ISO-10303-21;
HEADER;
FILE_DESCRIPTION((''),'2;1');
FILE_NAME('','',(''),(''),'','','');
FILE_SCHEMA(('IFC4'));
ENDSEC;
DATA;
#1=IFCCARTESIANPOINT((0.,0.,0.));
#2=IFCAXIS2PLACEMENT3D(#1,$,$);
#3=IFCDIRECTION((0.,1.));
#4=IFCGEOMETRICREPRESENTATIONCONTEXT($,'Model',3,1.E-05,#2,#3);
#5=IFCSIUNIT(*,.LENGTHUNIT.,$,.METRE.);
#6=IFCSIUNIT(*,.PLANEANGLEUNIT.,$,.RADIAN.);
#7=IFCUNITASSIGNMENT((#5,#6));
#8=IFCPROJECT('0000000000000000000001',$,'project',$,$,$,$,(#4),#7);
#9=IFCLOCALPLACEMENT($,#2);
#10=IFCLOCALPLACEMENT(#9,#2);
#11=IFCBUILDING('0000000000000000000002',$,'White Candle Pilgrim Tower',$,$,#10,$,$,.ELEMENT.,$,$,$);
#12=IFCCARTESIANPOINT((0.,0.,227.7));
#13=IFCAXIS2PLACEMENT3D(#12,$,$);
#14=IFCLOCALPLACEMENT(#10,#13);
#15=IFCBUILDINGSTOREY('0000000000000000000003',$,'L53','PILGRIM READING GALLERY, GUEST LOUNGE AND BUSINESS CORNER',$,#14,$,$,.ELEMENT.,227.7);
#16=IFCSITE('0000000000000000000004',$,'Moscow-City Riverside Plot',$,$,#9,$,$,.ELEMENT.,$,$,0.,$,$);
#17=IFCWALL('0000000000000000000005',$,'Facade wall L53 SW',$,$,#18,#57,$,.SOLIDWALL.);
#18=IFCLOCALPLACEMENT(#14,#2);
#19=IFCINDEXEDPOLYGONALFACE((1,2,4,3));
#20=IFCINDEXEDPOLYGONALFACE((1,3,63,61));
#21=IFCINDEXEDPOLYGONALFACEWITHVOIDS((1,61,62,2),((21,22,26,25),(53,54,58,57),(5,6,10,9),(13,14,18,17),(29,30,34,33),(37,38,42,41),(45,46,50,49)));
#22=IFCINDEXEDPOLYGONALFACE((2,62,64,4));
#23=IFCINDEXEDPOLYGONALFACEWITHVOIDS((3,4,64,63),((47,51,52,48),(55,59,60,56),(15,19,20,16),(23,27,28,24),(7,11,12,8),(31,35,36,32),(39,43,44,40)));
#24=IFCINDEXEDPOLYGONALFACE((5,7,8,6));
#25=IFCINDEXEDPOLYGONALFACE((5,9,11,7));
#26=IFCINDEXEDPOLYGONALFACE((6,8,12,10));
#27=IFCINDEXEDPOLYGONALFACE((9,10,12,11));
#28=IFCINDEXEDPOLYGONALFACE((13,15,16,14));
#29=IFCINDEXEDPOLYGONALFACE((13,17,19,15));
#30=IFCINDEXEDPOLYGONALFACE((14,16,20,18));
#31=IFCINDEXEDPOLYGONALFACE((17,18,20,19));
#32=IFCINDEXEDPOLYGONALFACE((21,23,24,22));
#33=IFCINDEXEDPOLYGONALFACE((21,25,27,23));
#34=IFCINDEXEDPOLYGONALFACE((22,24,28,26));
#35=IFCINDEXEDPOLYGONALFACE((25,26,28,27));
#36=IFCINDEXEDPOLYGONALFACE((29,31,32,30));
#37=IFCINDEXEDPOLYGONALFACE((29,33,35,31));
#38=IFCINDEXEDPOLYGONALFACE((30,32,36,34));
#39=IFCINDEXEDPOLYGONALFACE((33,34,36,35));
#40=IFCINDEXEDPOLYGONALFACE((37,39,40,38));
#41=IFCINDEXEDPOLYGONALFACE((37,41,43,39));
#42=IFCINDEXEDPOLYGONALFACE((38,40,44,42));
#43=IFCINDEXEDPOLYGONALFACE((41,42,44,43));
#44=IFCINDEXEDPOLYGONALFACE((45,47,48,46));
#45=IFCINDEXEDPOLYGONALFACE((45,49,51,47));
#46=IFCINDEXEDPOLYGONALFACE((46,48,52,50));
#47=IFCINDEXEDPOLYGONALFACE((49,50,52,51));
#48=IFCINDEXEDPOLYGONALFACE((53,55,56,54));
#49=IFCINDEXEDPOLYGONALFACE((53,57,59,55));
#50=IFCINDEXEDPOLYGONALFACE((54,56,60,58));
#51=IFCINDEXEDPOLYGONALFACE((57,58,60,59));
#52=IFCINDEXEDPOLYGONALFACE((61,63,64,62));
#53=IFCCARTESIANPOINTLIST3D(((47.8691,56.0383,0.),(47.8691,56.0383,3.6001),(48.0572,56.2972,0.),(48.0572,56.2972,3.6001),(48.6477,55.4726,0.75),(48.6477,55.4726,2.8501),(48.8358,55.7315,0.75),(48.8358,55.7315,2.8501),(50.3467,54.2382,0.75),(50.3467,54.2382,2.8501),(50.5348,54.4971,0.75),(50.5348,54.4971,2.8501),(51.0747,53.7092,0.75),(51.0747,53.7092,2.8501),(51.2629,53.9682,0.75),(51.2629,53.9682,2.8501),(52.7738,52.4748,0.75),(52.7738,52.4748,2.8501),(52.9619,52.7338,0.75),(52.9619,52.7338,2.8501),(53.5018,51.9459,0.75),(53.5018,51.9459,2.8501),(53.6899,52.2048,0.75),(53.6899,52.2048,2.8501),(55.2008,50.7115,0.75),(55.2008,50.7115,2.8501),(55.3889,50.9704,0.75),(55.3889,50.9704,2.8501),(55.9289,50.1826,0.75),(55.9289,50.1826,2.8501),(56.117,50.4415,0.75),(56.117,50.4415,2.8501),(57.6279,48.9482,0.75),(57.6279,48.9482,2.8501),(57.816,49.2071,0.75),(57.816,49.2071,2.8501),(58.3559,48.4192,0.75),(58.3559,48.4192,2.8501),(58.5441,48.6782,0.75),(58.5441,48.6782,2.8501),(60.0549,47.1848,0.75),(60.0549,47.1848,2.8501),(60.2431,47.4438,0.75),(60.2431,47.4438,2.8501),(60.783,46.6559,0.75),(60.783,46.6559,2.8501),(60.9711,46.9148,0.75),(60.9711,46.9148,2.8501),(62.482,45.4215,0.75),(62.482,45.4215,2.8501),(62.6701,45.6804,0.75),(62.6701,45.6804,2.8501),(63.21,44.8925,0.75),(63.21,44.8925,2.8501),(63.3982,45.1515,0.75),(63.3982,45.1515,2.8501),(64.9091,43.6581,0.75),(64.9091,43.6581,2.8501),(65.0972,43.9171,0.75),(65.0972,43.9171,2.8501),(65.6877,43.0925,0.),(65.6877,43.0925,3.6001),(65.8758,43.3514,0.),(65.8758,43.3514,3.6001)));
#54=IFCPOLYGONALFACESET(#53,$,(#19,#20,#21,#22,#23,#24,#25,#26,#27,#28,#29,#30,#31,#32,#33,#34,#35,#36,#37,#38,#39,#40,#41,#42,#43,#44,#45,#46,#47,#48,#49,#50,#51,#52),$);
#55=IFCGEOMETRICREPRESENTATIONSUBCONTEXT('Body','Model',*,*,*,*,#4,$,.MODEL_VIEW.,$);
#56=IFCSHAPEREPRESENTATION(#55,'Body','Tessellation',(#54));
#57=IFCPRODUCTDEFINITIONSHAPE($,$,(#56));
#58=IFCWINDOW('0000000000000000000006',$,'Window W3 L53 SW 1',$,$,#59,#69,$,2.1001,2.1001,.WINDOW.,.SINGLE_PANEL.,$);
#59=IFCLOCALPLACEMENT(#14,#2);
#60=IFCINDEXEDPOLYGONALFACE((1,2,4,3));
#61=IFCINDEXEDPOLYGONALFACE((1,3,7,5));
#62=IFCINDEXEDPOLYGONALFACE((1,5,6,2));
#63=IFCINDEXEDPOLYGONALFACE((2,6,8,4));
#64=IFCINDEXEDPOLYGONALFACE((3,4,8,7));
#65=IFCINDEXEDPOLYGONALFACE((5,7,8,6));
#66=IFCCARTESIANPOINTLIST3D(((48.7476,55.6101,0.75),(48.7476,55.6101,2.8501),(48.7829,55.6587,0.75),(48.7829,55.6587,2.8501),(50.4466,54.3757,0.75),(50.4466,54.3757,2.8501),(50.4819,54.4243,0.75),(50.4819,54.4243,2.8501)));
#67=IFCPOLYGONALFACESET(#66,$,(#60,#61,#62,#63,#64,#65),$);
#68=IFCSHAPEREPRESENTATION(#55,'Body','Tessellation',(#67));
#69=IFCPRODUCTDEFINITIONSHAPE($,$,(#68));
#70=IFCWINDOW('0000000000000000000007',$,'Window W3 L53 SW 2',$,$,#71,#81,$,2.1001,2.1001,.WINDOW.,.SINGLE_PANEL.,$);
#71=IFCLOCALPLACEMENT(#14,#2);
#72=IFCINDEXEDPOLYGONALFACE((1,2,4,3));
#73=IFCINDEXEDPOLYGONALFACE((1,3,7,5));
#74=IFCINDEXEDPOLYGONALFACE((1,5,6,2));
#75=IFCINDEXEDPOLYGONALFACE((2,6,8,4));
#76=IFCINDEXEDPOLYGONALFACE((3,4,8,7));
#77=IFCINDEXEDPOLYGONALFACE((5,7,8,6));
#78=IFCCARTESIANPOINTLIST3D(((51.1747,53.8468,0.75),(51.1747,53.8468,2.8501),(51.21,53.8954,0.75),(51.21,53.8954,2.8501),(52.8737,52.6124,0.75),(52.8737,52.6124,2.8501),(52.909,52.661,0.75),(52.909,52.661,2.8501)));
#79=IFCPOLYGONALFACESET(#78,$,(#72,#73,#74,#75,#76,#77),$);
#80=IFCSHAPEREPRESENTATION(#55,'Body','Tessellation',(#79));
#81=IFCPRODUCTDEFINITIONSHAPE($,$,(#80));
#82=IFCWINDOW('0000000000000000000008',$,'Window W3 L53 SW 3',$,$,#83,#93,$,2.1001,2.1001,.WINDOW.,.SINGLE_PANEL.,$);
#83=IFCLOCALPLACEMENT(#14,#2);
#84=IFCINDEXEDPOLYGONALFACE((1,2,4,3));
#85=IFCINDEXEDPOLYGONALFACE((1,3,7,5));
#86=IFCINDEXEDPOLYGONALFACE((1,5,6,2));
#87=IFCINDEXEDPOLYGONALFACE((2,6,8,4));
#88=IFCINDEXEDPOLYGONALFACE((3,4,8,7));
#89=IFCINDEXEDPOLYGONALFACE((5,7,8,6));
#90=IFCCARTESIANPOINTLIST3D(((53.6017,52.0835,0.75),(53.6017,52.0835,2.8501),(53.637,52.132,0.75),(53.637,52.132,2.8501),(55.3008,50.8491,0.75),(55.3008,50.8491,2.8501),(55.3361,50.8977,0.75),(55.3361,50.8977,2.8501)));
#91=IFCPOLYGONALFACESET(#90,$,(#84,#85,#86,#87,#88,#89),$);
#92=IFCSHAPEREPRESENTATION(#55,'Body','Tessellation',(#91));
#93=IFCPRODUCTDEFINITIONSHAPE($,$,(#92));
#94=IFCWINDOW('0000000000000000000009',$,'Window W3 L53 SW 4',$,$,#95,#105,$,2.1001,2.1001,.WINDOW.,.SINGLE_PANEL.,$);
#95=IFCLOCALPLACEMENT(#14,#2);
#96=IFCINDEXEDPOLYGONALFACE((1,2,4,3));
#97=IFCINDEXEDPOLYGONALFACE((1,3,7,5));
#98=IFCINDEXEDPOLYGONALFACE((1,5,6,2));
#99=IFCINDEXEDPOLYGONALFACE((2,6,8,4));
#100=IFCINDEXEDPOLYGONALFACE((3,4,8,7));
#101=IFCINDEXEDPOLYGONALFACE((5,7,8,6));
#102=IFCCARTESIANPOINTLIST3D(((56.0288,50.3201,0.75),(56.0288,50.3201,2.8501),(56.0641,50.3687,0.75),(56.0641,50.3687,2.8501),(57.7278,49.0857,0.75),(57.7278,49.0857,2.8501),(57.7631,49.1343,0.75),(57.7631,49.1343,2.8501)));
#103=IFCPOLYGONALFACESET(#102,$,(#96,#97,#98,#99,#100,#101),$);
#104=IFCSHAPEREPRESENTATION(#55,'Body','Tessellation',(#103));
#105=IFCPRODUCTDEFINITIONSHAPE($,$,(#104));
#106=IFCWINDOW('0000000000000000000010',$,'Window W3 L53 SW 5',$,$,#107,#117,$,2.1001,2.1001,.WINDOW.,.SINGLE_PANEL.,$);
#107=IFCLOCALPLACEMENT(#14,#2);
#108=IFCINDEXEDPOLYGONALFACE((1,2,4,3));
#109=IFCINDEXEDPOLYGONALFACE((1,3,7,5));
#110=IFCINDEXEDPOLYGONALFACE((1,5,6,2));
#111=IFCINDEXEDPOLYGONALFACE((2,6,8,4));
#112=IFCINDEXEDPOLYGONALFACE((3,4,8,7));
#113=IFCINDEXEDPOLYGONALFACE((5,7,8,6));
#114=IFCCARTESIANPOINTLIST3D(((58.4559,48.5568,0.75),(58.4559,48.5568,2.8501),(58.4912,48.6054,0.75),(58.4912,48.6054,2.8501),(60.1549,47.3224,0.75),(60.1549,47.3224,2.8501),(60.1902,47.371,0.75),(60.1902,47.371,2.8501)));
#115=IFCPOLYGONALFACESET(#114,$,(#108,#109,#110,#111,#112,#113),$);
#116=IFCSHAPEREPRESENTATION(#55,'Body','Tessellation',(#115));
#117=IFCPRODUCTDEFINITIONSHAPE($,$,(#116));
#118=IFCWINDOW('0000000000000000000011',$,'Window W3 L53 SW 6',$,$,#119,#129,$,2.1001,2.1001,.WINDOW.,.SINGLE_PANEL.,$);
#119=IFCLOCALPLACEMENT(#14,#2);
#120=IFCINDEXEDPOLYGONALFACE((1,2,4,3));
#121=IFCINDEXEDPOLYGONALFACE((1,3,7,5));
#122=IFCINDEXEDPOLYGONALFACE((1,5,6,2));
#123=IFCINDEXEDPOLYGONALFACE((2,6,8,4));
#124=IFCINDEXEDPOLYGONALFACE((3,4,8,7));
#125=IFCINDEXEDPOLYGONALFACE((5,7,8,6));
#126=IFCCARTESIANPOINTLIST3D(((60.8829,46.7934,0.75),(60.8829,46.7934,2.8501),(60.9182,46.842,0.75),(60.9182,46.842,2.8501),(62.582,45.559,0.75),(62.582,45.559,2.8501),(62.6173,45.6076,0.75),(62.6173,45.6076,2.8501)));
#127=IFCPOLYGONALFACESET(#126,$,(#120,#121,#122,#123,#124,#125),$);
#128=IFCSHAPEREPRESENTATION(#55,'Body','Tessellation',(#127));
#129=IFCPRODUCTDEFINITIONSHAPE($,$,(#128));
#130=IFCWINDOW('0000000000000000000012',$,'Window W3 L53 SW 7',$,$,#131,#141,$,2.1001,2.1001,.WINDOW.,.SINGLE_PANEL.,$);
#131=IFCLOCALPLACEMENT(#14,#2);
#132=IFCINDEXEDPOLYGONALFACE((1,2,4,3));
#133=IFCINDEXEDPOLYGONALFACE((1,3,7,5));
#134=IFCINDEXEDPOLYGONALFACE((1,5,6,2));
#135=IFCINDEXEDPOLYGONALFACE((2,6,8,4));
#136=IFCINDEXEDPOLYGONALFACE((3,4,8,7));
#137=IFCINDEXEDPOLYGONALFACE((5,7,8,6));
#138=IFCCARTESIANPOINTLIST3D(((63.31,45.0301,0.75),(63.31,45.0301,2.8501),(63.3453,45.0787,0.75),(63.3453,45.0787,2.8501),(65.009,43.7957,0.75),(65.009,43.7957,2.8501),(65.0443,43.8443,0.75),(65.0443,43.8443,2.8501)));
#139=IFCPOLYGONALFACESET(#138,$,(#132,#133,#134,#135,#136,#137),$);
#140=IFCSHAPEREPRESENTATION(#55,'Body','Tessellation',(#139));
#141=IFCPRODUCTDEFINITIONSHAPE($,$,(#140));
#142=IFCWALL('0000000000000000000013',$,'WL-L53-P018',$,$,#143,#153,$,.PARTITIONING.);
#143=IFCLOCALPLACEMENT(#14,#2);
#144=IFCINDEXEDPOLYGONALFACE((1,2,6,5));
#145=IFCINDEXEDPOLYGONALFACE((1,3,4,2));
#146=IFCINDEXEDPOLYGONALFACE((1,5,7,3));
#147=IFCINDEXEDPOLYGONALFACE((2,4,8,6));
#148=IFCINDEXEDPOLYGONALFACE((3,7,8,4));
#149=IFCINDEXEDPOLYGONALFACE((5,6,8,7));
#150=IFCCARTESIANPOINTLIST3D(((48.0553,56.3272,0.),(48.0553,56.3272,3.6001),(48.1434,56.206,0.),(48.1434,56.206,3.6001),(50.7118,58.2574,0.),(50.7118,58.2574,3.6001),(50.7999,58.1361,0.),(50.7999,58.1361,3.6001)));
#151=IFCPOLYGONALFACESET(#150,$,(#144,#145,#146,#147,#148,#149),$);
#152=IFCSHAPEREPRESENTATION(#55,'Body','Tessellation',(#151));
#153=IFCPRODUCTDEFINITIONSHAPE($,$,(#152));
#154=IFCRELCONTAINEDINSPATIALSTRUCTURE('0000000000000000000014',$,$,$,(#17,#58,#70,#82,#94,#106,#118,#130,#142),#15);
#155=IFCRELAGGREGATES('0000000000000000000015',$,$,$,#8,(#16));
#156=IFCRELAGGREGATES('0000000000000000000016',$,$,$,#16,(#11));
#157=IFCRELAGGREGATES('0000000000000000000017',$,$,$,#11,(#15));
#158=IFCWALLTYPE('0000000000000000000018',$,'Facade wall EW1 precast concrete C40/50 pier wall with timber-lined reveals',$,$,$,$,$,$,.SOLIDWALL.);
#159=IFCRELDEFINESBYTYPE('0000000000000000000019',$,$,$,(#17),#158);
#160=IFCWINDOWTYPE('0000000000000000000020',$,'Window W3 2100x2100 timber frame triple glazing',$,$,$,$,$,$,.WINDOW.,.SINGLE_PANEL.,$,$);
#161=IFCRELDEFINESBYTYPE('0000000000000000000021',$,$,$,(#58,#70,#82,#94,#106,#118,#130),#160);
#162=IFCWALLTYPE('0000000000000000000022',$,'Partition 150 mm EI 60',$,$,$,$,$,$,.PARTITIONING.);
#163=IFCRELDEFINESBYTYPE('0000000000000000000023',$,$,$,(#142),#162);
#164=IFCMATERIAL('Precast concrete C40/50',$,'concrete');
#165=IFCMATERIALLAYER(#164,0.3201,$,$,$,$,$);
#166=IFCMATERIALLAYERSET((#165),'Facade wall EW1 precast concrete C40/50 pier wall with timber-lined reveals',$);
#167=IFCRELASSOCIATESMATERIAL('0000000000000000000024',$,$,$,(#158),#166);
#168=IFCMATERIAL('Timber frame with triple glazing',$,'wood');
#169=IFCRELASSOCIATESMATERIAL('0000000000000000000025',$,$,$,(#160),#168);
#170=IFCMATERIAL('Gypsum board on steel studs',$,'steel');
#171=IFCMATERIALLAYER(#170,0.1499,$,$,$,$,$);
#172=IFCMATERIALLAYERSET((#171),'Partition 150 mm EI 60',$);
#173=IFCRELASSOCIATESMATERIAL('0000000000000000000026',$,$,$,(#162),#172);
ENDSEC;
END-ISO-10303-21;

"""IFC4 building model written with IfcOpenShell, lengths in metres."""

from ifc_helpers import new_model, si_unit, direction, frame, frame_2d, origin, place, context, subcontext, project, spatial, rectangle, extrude, material, layer, layer_set, type_object, element, fill, save


model = new_model("IFC4")

# Units and contexts
model_context = context("Model", 3, precision=1e-05, world=origin(), true_north=direction((0.0, 1.0)))
body_context = subcontext(model_context, "Body", "Model", "MODEL_VIEW")
ifc_project = project(units=[si_unit("LENGTHUNIT", "METRE"), si_unit("PLANEANGLEUNIT", "RADIAN")], contexts=[model_context])

# Site, building, storey
site_placement = place(None, origin())
site = spatial("IfcSite", under=ifc_project, at=site_placement, Name="Moscow-City Riverside Plot", CompositionType="ELEMENT", RefElevation=0.0)
building_placement = place(site_placement, origin())
building = spatial("IfcBuilding", under=site, at=building_placement, Name="White Candle Pilgrim Tower", CompositionType="ELEMENT")
storey_placement = place(building_placement, frame((0.0, 0.0, 227.7)))
storey = spatial("IfcBuildingStorey", under=building, at=storey_placement, Name="L53", Description="PILGRIM READING GALLERY, GUEST LOUNGE AND BUSINESS CORNER", CompositionType="ELEMENT", Elevation=227.7)

# Shared definitions
ifc_material_1 = material(Name="Gypsum board on steel studs", Category="steel")

# Wall, openings, windows
ifc_material_2 = material(Name="Precast concrete C40/50", Category="concrete")
ifc_layer_1 = layer(ifc_material_2, 0.3201)
ifc_layer_set_1 = layer_set([ifc_layer_1], Name="Facade wall EW1 precast concrete C40/50 pier wall with timber-lined reveals")
wall_type_1 = type_object("IfcWallType", Name="Facade wall EW1 precast concrete C40/50 pier wall with timber-lined reveals", PredefinedType="SOLIDWALL", material=ifc_layer_set_1)
ifc_material_3 = material(Name="Timber frame with triple glazing", Category="wood")
wall_1_placement = place(storey_placement, frame((47.9631, 56.1677, 0.0), z_axis=(0.0, 0.0, 1.0), x_axis=(0.809021, -0.58778, 0.0)))
wall_1 = element("IfcWall", 1, at=wall_1_placement, inside=storey, type_object=wall_type_1, Name="Facade wall L53 SW", PredefinedType="SOLIDWALL", context=body_context, shape_type="SweptSolid", body=[
    extrude(rectangle(XDim=22.0249, YDim=0.3201, at=frame_2d((11.0125, 0.0))), origin(), (0.0, 0.0, 1.0), 3.6001),
])
opening_1_placement = place(wall_1_placement, frame((0.9624, 0.0, 0.75)))
opening_1 = element("IfcOpeningElement", 2, at=opening_1_placement, cuts=wall_1, PredefinedType="OPENING", context=body_context, shape_type="SweptSolid", body=[
    extrude(rectangle(XDim=2.1001, YDim=2.1001, at=frame_2d((1.05, 1.05))), frame((0.0, 0.1699, 0.0), z_axis=(0.0, -1.0, 0.0), x_axis=(1.0, 0.0, 0.0)), (0.0, 0.0, 1.0), 0.3401),
])
opening_2_placement = place(wall_1_placement, frame((3.9624, 0.0, 0.75)))
opening_2 = element("IfcOpeningElement", 3, at=opening_2_placement, cuts=wall_1, PredefinedType="OPENING", context=body_context, shape_type="SweptSolid", body=[
    extrude(rectangle(XDim=2.1001, YDim=2.1001, at=frame_2d((1.05, 1.05))), frame((0.0, 0.1699, 0.0), z_axis=(0.0, -1.0, 0.0), x_axis=(1.0, 0.0, 0.0)), (0.0, 0.0, 1.0), 0.3401),
])
opening_3_placement = place(wall_1_placement, frame((6.9624, 0.0, 0.75)))
opening_3 = element("IfcOpeningElement", 4, at=opening_3_placement, cuts=wall_1, PredefinedType="OPENING", context=body_context, shape_type="SweptSolid", body=[
    extrude(rectangle(XDim=2.1001, YDim=2.1001, at=frame_2d((1.05, 1.05))), frame((0.0, 0.1699, 0.0), z_axis=(0.0, -1.0, 0.0), x_axis=(1.0, 0.0, 0.0)), (0.0, 0.0, 1.0), 0.3401),
])
opening_4_placement = place(wall_1_placement, frame((9.9624, 0.0, 0.75)))
opening_4 = element("IfcOpeningElement", 5, at=opening_4_placement, cuts=wall_1, PredefinedType="OPENING", context=body_context, shape_type="SweptSolid", body=[
    extrude(rectangle(XDim=2.1001, YDim=2.1001, at=frame_2d((1.05, 1.05))), frame((0.0, 0.1699, 0.0), z_axis=(0.0, -1.0, 0.0), x_axis=(1.0, 0.0, 0.0)), (0.0, 0.0, 1.0), 0.3401),
])
opening_5_placement = place(wall_1_placement, frame((12.9624, 0.0, 0.75)))
opening_5 = element("IfcOpeningElement", 6, at=opening_5_placement, cuts=wall_1, PredefinedType="OPENING", context=body_context, shape_type="SweptSolid", body=[
    extrude(rectangle(XDim=2.1001, YDim=2.1001, at=frame_2d((1.05, 1.05))), frame((0.0, 0.1699, 0.0), z_axis=(0.0, -1.0, 0.0), x_axis=(1.0, 0.0, 0.0)), (0.0, 0.0, 1.0), 0.3401),
])
opening_6_placement = place(wall_1_placement, frame((15.9624, 0.0, 0.75)))
opening_6 = element("IfcOpeningElement", 7, at=opening_6_placement, cuts=wall_1, PredefinedType="OPENING", context=body_context, shape_type="SweptSolid", body=[
    extrude(rectangle(XDim=2.1001, YDim=2.1001, at=frame_2d((1.05, 1.05))), frame((0.0, 0.1699, 0.0), z_axis=(0.0, -1.0, 0.0), x_axis=(1.0, 0.0, 0.0)), (0.0, 0.0, 1.0), 0.3401),
])
opening_7_placement = place(wall_1_placement, frame((18.9624, 0.0, 0.75)))
opening_7 = element("IfcOpeningElement", 8, at=opening_7_placement, cuts=wall_1, PredefinedType="OPENING", context=body_context, shape_type="SweptSolid", body=[
    extrude(rectangle(XDim=2.1001, YDim=2.1001, at=frame_2d((1.05, 1.05))), frame((0.0, 0.1699, 0.0), z_axis=(0.0, -1.0, 0.0), x_axis=(1.0, 0.0, 0.0)), (0.0, 0.0, 1.0), 0.3401),
])
window_type_1 = type_object("IfcWindowType", Name="Window W3 2100x2100 timber frame triple glazing", PartitioningType="SINGLE_PANEL", PredefinedType="WINDOW", material=ifc_material_3)
window_1_placement = place(opening_1_placement, origin())
window_1 = element("IfcWindow", 9, at=window_1_placement, inside=storey, type_object=window_type_1, Name="Window W3 L53 SW 1", OverallHeight=2.1001, OverallWidth=2.1001, PartitioningType="SINGLE_PANEL", PredefinedType="WINDOW", context=body_context, shape_type="SweptSolid", body=[
    extrude(rectangle(XDim=2.1001, YDim=2.1001, at=frame_2d((1.05, 1.05))), frame((0.0, 0.0701, 0.0), z_axis=(0.0, -1.0, 0.0), x_axis=(1.0, 0.0, 0.0)), (0.0, 0.0, 1.0), 0.0601),
])
fill(opening_1, window_1)
window_2_placement = place(opening_2_placement, origin())
window_2 = element("IfcWindow", 10, at=window_2_placement, inside=storey, type_object=window_type_1, Name="Window W3 L53 SW 2", OverallHeight=2.1001, OverallWidth=2.1001, PartitioningType="SINGLE_PANEL", PredefinedType="WINDOW", context=body_context, shape_type="SweptSolid", body=[
    extrude(rectangle(XDim=2.1001, YDim=2.1001, at=frame_2d((1.05, 1.05))), frame((0.0, 0.0701, 0.0), z_axis=(0.0, -1.0, 0.0), x_axis=(1.0, 0.0, 0.0)), (0.0, 0.0, 1.0), 0.0601),
])
fill(opening_2, window_2)
window_3_placement = place(opening_3_placement, origin())
window_3 = element("IfcWindow", 11, at=window_3_placement, inside=storey, type_object=window_type_1, Name="Window W3 L53 SW 3", OverallHeight=2.1001, OverallWidth=2.1001, PartitioningType="SINGLE_PANEL", PredefinedType="WINDOW", context=body_context, shape_type="SweptSolid", body=[
    extrude(rectangle(XDim=2.1001, YDim=2.1001, at=frame_2d((1.05, 1.05))), frame((0.0, 0.0701, 0.0), z_axis=(0.0, -1.0, 0.0), x_axis=(1.0, 0.0, 0.0)), (0.0, 0.0, 1.0), 0.0601),
])
fill(opening_3, window_3)
window_4_placement = place(opening_4_placement, origin())
window_4 = element("IfcWindow", 12, at=window_4_placement, inside=storey, type_object=window_type_1, Name="Window W3 L53 SW 4", OverallHeight=2.1001, OverallWidth=2.1001, PartitioningType="SINGLE_PANEL", PredefinedType="WINDOW", context=body_context, shape_type="SweptSolid", body=[
    extrude(rectangle(XDim=2.1001, YDim=2.1001, at=frame_2d((1.05, 1.05))), frame((0.0, 0.0701, 0.0), z_axis=(0.0, -1.0, 0.0), x_axis=(1.0, 0.0, 0.0)), (0.0, 0.0, 1.0), 0.0601),
])
fill(opening_4, window_4)
window_5_placement = place(opening_5_placement, origin())
window_5 = element("IfcWindow", 13, at=window_5_placement, inside=storey, type_object=window_type_1, Name="Window W3 L53 SW 5", OverallHeight=2.1001, OverallWidth=2.1001, PartitioningType="SINGLE_PANEL", PredefinedType="WINDOW", context=body_context, shape_type="SweptSolid", body=[
    extrude(rectangle(XDim=2.1001, YDim=2.1001, at=frame_2d((1.05, 1.05))), frame((0.0, 0.0701, 0.0), z_axis=(0.0, -1.0, 0.0), x_axis=(1.0, 0.0, 0.0)), (0.0, 0.0, 1.0), 0.0601),
])
fill(opening_5, window_5)
window_6_placement = place(opening_6_placement, origin())
window_6 = element("IfcWindow", 14, at=window_6_placement, inside=storey, type_object=window_type_1, Name="Window W3 L53 SW 6", OverallHeight=2.1001, OverallWidth=2.1001, PartitioningType="SINGLE_PANEL", PredefinedType="WINDOW", context=body_context, shape_type="SweptSolid", body=[
    extrude(rectangle(XDim=2.1001, YDim=2.1001, at=frame_2d((1.05, 1.05))), frame((0.0, 0.0701, 0.0), z_axis=(0.0, -1.0, 0.0), x_axis=(1.0, 0.0, 0.0)), (0.0, 0.0, 1.0), 0.0601),
])
fill(opening_6, window_6)
window_7_placement = place(opening_7_placement, origin())
window_7 = element("IfcWindow", 15, at=window_7_placement, inside=storey, type_object=window_type_1, Name="Window W3 L53 SW 7", OverallHeight=2.1001, OverallWidth=2.1001, PartitioningType="SINGLE_PANEL", PredefinedType="WINDOW", context=body_context, shape_type="SweptSolid", body=[
    extrude(rectangle(XDim=2.1001, YDim=2.1001, at=frame_2d((1.05, 1.05))), frame((0.0, 0.0701, 0.0), z_axis=(0.0, -1.0, 0.0), x_axis=(1.0, 0.0, 0.0)), (0.0, 0.0, 1.0), 0.0601),
])
fill(opening_7, window_7)

# Wall
ifc_layer_2 = layer(ifc_material_1, 0.1499)
ifc_layer_set_2 = layer_set([ifc_layer_2], Name="Partition 150 mm EI 60")
wall_type_2 = type_object("IfcWallType", Name="Partition 150 mm EI 60", PredefinedType="PARTITIONING", material=ifc_layer_set_2)
wall_2_placement = place(storey_placement, frame((48.0994, 56.2666, 0.0), z_axis=(0.0, 0.0, 1.0), x_axis=(0.809, 0.587809, 0.0)))
element("IfcWall", 16, at=wall_2_placement, inside=storey, type_object=wall_type_2, Name="WL-L53-P018", PredefinedType="PARTITIONING", context=body_context, shape_type="SweptSolid", body=[
    extrude(rectangle(XDim=3.2837, YDim=0.1499, at=frame_2d((1.6418, 0.0))), origin(), (0.0, 0.0, 1.0), 3.6001),
])

save(model, "model.ifc")
